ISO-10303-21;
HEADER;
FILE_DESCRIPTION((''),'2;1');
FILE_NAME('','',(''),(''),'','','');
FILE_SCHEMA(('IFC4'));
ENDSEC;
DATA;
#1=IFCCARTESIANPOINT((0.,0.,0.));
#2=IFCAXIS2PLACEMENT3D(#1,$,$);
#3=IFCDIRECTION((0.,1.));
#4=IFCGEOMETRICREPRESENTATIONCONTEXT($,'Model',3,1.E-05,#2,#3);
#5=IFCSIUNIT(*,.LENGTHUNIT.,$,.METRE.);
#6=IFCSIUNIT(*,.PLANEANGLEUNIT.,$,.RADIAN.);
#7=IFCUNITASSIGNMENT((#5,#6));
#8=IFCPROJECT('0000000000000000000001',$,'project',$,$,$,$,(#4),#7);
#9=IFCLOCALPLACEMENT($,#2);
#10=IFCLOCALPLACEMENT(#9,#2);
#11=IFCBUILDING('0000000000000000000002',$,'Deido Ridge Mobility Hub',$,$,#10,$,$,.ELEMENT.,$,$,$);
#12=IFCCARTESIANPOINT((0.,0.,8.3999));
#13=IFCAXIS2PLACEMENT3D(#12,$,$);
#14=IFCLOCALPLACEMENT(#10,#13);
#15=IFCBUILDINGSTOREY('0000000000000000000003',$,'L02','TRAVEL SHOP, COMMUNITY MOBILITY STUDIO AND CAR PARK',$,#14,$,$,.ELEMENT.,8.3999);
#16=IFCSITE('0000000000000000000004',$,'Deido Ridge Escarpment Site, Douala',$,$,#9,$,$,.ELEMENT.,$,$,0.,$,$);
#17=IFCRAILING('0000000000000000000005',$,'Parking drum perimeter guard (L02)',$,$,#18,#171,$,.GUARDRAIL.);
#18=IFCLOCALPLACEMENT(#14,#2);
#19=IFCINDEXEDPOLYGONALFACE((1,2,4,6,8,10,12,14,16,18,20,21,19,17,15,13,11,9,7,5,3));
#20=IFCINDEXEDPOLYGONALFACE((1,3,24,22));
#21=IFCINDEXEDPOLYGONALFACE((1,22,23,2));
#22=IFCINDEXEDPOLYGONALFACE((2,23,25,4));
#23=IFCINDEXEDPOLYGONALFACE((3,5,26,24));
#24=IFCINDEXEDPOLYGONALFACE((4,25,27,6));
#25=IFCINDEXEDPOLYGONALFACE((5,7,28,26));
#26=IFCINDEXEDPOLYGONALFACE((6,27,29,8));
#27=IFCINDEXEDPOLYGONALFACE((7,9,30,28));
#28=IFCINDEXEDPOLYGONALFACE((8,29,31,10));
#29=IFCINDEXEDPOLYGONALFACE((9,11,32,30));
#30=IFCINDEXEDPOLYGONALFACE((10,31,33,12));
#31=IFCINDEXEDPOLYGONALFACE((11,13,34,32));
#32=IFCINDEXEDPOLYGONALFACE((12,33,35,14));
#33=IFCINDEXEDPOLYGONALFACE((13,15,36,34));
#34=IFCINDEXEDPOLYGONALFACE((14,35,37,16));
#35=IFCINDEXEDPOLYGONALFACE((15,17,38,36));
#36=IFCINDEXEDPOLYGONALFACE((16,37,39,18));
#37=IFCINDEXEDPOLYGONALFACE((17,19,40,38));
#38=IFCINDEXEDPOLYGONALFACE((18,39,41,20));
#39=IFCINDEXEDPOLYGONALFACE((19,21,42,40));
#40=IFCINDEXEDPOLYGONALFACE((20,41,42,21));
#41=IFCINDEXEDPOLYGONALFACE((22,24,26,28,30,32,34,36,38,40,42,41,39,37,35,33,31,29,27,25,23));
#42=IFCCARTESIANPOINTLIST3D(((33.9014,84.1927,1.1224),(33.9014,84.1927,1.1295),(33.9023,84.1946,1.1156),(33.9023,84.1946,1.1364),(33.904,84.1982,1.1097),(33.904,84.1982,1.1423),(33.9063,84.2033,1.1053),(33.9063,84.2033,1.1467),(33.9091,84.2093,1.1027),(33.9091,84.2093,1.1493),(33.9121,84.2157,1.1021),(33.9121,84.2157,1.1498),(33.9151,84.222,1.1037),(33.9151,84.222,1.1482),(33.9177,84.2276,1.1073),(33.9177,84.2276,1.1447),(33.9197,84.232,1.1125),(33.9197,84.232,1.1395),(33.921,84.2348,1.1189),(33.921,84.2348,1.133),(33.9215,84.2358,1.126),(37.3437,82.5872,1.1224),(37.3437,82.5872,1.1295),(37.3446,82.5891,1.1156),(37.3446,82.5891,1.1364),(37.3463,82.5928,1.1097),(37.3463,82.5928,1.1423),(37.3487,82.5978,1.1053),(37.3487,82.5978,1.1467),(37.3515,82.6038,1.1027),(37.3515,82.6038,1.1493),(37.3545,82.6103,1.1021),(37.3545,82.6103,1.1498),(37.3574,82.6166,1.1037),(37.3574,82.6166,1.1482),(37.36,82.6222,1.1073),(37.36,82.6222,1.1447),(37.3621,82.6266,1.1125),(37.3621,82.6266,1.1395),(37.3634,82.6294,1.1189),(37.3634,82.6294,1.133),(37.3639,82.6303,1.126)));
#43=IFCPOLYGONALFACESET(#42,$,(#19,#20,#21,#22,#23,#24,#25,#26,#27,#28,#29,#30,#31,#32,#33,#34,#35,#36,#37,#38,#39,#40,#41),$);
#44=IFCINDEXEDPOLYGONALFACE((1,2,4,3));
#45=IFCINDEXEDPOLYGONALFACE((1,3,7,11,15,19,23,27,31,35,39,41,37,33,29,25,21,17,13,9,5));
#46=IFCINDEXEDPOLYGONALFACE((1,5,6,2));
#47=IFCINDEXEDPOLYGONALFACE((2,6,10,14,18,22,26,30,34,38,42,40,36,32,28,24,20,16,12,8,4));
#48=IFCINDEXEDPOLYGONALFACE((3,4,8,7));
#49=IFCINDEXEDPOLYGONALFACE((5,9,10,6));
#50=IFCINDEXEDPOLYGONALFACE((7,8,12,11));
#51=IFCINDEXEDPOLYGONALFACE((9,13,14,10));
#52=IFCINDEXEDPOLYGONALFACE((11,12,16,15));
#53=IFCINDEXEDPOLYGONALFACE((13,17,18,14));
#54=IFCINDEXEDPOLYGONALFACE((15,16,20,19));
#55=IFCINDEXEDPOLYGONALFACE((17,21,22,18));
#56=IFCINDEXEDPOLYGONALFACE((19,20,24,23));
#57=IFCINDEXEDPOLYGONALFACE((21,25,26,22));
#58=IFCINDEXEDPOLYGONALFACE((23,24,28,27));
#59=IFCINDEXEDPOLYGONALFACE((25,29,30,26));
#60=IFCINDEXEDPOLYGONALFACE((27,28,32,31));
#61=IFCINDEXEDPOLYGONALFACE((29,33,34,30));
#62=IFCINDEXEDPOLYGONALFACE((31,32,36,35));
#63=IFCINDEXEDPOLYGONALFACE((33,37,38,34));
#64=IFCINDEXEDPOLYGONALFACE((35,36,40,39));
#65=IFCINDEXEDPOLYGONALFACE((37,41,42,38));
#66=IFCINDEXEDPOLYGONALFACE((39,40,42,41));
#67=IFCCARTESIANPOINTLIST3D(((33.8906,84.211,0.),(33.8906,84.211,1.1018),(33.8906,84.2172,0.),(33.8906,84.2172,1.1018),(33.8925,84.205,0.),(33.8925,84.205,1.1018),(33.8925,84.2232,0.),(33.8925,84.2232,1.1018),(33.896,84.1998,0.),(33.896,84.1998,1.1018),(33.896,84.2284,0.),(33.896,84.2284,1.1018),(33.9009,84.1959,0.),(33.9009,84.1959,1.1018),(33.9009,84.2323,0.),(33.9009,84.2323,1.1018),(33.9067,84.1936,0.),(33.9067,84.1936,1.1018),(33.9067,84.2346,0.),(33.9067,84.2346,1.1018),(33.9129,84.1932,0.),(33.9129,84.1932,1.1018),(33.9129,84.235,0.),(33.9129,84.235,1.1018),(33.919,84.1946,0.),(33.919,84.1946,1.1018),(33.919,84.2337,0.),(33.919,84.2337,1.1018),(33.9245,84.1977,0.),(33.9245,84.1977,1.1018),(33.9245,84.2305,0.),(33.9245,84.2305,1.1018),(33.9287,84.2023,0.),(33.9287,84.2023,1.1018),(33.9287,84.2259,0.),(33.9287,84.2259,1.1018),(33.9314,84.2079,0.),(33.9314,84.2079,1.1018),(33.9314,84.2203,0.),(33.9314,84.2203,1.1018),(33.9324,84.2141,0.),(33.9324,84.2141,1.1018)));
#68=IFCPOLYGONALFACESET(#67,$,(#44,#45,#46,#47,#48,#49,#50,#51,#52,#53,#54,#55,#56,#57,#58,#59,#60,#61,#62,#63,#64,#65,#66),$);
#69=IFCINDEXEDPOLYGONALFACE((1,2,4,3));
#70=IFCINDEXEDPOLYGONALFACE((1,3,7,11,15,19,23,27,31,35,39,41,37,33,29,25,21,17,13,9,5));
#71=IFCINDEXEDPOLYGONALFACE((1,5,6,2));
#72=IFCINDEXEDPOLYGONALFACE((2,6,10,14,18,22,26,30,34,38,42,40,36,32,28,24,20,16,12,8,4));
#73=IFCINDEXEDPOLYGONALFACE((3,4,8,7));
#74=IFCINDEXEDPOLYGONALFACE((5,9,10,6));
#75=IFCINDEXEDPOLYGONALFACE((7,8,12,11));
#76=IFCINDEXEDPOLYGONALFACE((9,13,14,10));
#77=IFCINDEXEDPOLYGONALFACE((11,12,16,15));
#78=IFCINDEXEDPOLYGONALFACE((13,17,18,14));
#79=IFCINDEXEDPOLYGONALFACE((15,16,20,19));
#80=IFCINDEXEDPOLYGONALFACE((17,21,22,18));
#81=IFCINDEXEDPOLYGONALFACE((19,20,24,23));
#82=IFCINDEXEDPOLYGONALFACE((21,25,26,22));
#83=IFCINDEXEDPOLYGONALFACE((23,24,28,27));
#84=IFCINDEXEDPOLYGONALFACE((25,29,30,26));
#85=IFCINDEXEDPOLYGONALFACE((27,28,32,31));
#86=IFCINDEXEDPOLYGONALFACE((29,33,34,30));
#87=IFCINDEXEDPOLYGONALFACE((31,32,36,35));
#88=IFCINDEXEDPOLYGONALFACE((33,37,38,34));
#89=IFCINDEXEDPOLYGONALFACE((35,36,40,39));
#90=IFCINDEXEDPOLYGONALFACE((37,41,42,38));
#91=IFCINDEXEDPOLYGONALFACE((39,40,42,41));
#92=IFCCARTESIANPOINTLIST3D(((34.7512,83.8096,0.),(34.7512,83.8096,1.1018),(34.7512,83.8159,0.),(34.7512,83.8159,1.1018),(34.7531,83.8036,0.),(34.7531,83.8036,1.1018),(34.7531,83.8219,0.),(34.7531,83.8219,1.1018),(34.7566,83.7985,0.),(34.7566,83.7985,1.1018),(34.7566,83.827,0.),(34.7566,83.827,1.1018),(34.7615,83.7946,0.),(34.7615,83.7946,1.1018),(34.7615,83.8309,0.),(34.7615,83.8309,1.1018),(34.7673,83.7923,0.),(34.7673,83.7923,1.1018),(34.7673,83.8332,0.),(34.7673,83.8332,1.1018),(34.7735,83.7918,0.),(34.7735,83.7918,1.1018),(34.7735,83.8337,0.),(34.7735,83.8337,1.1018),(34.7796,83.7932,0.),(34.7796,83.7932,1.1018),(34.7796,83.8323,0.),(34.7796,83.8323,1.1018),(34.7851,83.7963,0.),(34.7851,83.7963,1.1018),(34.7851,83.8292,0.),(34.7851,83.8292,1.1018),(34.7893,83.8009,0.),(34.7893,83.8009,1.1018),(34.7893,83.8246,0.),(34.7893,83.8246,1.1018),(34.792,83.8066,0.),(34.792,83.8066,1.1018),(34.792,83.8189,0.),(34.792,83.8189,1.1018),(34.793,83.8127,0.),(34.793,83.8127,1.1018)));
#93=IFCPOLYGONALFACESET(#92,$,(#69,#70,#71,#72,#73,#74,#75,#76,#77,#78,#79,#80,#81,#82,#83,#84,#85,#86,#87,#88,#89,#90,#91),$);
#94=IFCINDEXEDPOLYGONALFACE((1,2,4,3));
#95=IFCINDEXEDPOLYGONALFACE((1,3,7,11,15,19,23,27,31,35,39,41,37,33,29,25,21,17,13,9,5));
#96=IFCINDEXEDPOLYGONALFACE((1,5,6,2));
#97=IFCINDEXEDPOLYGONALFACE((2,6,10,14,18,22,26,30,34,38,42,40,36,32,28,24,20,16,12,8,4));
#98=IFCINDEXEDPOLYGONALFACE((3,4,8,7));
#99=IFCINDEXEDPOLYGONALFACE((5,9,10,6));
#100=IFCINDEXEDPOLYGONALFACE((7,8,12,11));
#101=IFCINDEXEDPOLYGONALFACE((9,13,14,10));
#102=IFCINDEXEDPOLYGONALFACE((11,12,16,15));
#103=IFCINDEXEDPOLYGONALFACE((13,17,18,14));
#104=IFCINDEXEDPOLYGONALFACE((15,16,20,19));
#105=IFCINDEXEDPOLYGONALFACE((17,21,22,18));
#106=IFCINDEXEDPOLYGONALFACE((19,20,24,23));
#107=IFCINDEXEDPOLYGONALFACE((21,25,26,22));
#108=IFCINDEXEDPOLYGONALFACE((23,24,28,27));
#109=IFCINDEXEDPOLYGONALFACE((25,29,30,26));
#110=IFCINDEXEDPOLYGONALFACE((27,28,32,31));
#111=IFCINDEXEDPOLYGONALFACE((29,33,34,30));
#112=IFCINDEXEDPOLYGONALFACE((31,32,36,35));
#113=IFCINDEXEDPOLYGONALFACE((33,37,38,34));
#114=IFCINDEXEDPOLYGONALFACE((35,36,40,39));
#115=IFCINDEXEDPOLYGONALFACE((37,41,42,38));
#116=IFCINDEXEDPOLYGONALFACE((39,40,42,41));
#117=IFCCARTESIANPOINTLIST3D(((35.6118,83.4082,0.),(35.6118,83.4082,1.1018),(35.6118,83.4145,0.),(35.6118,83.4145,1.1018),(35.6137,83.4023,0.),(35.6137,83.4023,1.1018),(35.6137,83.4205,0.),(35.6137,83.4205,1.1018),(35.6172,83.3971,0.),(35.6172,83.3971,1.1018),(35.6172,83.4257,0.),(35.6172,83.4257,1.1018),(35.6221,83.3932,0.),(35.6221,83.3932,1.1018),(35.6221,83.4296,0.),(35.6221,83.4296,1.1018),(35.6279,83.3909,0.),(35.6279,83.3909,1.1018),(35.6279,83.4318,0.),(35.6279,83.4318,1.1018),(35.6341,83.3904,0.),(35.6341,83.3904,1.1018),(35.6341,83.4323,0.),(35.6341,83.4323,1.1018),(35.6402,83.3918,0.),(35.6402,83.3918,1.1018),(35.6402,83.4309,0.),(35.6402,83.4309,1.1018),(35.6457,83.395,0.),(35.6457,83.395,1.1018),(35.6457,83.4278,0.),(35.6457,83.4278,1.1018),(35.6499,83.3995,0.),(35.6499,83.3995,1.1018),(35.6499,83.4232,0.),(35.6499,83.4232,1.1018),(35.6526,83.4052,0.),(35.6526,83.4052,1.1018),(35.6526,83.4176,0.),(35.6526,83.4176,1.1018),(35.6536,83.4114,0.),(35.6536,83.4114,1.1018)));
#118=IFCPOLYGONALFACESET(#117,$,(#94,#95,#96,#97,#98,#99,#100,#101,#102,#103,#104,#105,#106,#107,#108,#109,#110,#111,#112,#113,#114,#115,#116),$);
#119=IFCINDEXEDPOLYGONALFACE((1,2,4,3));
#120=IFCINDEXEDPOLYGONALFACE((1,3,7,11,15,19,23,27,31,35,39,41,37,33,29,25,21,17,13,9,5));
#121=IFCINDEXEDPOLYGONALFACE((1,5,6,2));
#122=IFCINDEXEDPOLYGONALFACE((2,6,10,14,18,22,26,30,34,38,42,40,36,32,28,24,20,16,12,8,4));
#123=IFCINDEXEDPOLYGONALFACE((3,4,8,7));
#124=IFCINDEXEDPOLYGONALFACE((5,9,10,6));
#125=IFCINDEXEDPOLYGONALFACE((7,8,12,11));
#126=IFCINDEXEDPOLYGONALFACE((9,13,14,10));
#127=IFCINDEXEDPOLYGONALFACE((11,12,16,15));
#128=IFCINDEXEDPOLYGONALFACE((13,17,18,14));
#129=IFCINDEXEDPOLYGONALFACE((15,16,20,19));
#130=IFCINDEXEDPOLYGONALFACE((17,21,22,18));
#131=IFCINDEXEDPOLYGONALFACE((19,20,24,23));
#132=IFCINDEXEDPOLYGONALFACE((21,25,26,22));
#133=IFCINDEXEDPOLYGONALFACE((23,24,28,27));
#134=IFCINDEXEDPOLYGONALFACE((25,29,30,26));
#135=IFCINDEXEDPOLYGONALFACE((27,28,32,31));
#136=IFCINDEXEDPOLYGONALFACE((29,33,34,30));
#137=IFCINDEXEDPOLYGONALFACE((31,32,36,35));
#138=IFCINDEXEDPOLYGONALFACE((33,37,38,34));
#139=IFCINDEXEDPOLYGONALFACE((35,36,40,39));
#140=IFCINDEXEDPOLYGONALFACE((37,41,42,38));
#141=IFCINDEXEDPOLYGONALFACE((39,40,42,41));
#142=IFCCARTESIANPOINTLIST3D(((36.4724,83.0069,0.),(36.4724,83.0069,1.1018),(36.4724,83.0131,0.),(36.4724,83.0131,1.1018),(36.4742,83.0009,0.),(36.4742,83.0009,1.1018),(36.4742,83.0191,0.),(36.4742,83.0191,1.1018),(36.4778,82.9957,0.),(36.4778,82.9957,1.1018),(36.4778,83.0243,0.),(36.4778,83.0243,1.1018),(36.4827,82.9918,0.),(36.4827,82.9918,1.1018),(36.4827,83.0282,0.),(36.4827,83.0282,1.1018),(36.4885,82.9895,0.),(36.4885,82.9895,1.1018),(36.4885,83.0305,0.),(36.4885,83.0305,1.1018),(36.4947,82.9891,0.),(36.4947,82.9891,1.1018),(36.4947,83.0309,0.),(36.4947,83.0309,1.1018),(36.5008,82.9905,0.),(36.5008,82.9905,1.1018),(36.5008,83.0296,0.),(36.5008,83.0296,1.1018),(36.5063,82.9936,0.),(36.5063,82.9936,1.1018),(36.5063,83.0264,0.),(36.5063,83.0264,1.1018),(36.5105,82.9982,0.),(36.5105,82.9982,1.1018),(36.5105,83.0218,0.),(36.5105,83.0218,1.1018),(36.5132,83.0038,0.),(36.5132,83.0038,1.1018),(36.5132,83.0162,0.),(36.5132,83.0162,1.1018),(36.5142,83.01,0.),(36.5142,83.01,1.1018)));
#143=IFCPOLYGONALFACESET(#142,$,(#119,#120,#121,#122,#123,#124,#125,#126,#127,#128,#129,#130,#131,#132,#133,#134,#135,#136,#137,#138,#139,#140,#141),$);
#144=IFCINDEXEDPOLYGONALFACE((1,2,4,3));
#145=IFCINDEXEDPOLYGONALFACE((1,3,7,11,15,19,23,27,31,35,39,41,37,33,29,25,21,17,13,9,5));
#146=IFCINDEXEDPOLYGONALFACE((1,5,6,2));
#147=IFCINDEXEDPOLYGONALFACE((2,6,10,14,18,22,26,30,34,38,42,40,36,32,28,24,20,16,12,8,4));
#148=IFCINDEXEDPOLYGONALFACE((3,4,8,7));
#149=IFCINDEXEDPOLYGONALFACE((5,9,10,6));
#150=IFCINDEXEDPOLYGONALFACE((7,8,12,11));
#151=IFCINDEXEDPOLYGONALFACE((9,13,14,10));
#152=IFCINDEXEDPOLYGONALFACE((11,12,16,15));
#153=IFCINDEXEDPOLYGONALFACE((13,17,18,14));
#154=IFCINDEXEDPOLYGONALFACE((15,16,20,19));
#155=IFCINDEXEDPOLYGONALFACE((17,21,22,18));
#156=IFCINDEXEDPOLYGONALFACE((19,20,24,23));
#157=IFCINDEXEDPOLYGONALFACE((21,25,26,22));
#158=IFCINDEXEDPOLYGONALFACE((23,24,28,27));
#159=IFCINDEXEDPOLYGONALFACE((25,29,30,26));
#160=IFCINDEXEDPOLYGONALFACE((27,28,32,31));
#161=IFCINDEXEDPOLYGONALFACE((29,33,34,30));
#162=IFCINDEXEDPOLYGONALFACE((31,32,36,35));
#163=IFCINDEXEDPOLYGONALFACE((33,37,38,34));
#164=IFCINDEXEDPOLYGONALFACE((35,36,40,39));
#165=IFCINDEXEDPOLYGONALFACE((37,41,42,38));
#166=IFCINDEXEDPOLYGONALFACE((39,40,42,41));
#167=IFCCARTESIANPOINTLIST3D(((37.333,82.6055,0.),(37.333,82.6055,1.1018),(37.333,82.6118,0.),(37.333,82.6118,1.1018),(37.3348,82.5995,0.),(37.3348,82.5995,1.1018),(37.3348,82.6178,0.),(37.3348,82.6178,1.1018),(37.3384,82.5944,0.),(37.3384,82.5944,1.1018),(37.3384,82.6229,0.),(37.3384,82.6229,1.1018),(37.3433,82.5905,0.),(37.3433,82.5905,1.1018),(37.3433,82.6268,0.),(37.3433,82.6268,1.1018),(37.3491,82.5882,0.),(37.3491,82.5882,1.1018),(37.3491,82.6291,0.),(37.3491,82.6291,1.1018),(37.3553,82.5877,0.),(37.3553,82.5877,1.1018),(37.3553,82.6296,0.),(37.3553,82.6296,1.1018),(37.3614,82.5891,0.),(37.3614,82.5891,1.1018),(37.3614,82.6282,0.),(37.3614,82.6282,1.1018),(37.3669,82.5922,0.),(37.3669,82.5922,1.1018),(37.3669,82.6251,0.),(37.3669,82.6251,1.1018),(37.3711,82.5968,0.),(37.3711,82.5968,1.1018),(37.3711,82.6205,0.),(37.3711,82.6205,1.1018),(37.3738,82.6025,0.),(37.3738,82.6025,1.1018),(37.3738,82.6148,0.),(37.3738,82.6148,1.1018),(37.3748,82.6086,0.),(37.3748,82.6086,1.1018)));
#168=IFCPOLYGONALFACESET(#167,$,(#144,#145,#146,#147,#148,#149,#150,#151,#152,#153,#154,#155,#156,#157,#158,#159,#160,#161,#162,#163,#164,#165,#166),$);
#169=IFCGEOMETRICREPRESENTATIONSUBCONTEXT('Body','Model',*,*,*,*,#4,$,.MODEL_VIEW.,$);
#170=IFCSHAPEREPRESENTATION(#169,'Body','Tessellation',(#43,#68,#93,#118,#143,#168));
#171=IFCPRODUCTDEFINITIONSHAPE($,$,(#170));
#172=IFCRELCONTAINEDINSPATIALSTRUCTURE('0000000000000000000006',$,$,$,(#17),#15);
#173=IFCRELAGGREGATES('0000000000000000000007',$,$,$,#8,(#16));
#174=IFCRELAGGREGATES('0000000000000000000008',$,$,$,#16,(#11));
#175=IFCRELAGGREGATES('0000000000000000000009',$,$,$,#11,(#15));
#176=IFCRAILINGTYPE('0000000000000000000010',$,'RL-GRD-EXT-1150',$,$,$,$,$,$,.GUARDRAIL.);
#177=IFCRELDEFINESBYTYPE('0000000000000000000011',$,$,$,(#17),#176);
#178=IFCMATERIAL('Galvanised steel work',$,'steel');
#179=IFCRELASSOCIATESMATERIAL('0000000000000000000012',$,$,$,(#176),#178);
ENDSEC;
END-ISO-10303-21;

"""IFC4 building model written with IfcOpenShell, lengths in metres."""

from ifc_helpers import new_model, si_unit, direction, frame, origin, origin_2d, place, context, subcontext, project, spatial, circle, extrude, material, type_object, element, save


model = new_model("IFC4")

# Units and contexts
model_context = context("Model", 3, precision=1e-05, world=origin(), true_north=direction((0.0, 1.0)))
body_context = subcontext(model_context, "Body", "Model", "MODEL_VIEW")
ifc_project = project(units=[si_unit("LENGTHUNIT", "METRE"), si_unit("PLANEANGLEUNIT", "RADIAN")], contexts=[model_context])

# Site, building, storey
site_placement = place(None, origin())
site = spatial("IfcSite", under=ifc_project, at=site_placement, Name="Deido Ridge Escarpment Site, Douala", CompositionType="ELEMENT", RefElevation=0.0)
building_placement = place(site_placement, origin())
building = spatial("IfcBuilding", under=site, at=building_placement, Name="Deido Ridge Mobility Hub", CompositionType="ELEMENT")
storey_placement = place(building_placement, frame((0.0, 0.0, 8.3999)))
storey = spatial("IfcBuildingStorey", under=building, at=storey_placement, Name="L02", Description="TRAVEL SHOP, COMMUNITY MOBILITY STUDIO AND CAR PARK", CompositionType="ELEMENT", Elevation=8.3999)

# Railing
ifc_material_1 = material(Name="Galvanised steel work", Category="steel")
railing_type = type_object("IfcRailingType", Name="RL-GRD-EXT-1150", PredefinedType="GUARDRAIL", material=ifc_material_1)
railing_1_placement = place(storey_placement, frame((33.9114, 84.2141, 0.0)))
element("IfcRailing", 1, at=railing_1_placement, inside=storey, type_object=railing_type, Name="Parking drum perimeter guard (L02)", PredefinedType="GUARDRAIL", context=body_context, shape_type="SweptSolid", body=[
    extrude(circle(Radius=0.0239, at=origin_2d()), frame((0.0, 0.0, 1.126), z_axis=(0.906282, -0.422674, 0.0), x_axis=(0.422674, 0.906282, 0.0)), (0.0, 0.0, 1.0), 3.7983),
    extrude(circle(Radius=0.021, at=origin_2d()), origin(), (0.0, 0.0, 1.0), 1.1018),
    extrude(circle(Radius=0.021, at=origin_2d()), frame((0.8606, -0.4014, 0.0)), (0.0, 0.0, 1.0), 1.1018),
    extrude(circle(Radius=0.021, at=origin_2d()), frame((1.7212, -0.8027, 0.0)), (0.0, 0.0, 1.0), 1.1018),
    extrude(circle(Radius=0.021, at=origin_2d()), frame((2.5818, -1.2041, 0.0)), (0.0, 0.0, 1.0), 1.1018),
    extrude(circle(Radius=0.021, at=origin_2d()), frame((3.4424, -1.6055, 0.0)), (0.0, 0.0, 1.0), 1.1018),
])

save(model, "model.ifc")
